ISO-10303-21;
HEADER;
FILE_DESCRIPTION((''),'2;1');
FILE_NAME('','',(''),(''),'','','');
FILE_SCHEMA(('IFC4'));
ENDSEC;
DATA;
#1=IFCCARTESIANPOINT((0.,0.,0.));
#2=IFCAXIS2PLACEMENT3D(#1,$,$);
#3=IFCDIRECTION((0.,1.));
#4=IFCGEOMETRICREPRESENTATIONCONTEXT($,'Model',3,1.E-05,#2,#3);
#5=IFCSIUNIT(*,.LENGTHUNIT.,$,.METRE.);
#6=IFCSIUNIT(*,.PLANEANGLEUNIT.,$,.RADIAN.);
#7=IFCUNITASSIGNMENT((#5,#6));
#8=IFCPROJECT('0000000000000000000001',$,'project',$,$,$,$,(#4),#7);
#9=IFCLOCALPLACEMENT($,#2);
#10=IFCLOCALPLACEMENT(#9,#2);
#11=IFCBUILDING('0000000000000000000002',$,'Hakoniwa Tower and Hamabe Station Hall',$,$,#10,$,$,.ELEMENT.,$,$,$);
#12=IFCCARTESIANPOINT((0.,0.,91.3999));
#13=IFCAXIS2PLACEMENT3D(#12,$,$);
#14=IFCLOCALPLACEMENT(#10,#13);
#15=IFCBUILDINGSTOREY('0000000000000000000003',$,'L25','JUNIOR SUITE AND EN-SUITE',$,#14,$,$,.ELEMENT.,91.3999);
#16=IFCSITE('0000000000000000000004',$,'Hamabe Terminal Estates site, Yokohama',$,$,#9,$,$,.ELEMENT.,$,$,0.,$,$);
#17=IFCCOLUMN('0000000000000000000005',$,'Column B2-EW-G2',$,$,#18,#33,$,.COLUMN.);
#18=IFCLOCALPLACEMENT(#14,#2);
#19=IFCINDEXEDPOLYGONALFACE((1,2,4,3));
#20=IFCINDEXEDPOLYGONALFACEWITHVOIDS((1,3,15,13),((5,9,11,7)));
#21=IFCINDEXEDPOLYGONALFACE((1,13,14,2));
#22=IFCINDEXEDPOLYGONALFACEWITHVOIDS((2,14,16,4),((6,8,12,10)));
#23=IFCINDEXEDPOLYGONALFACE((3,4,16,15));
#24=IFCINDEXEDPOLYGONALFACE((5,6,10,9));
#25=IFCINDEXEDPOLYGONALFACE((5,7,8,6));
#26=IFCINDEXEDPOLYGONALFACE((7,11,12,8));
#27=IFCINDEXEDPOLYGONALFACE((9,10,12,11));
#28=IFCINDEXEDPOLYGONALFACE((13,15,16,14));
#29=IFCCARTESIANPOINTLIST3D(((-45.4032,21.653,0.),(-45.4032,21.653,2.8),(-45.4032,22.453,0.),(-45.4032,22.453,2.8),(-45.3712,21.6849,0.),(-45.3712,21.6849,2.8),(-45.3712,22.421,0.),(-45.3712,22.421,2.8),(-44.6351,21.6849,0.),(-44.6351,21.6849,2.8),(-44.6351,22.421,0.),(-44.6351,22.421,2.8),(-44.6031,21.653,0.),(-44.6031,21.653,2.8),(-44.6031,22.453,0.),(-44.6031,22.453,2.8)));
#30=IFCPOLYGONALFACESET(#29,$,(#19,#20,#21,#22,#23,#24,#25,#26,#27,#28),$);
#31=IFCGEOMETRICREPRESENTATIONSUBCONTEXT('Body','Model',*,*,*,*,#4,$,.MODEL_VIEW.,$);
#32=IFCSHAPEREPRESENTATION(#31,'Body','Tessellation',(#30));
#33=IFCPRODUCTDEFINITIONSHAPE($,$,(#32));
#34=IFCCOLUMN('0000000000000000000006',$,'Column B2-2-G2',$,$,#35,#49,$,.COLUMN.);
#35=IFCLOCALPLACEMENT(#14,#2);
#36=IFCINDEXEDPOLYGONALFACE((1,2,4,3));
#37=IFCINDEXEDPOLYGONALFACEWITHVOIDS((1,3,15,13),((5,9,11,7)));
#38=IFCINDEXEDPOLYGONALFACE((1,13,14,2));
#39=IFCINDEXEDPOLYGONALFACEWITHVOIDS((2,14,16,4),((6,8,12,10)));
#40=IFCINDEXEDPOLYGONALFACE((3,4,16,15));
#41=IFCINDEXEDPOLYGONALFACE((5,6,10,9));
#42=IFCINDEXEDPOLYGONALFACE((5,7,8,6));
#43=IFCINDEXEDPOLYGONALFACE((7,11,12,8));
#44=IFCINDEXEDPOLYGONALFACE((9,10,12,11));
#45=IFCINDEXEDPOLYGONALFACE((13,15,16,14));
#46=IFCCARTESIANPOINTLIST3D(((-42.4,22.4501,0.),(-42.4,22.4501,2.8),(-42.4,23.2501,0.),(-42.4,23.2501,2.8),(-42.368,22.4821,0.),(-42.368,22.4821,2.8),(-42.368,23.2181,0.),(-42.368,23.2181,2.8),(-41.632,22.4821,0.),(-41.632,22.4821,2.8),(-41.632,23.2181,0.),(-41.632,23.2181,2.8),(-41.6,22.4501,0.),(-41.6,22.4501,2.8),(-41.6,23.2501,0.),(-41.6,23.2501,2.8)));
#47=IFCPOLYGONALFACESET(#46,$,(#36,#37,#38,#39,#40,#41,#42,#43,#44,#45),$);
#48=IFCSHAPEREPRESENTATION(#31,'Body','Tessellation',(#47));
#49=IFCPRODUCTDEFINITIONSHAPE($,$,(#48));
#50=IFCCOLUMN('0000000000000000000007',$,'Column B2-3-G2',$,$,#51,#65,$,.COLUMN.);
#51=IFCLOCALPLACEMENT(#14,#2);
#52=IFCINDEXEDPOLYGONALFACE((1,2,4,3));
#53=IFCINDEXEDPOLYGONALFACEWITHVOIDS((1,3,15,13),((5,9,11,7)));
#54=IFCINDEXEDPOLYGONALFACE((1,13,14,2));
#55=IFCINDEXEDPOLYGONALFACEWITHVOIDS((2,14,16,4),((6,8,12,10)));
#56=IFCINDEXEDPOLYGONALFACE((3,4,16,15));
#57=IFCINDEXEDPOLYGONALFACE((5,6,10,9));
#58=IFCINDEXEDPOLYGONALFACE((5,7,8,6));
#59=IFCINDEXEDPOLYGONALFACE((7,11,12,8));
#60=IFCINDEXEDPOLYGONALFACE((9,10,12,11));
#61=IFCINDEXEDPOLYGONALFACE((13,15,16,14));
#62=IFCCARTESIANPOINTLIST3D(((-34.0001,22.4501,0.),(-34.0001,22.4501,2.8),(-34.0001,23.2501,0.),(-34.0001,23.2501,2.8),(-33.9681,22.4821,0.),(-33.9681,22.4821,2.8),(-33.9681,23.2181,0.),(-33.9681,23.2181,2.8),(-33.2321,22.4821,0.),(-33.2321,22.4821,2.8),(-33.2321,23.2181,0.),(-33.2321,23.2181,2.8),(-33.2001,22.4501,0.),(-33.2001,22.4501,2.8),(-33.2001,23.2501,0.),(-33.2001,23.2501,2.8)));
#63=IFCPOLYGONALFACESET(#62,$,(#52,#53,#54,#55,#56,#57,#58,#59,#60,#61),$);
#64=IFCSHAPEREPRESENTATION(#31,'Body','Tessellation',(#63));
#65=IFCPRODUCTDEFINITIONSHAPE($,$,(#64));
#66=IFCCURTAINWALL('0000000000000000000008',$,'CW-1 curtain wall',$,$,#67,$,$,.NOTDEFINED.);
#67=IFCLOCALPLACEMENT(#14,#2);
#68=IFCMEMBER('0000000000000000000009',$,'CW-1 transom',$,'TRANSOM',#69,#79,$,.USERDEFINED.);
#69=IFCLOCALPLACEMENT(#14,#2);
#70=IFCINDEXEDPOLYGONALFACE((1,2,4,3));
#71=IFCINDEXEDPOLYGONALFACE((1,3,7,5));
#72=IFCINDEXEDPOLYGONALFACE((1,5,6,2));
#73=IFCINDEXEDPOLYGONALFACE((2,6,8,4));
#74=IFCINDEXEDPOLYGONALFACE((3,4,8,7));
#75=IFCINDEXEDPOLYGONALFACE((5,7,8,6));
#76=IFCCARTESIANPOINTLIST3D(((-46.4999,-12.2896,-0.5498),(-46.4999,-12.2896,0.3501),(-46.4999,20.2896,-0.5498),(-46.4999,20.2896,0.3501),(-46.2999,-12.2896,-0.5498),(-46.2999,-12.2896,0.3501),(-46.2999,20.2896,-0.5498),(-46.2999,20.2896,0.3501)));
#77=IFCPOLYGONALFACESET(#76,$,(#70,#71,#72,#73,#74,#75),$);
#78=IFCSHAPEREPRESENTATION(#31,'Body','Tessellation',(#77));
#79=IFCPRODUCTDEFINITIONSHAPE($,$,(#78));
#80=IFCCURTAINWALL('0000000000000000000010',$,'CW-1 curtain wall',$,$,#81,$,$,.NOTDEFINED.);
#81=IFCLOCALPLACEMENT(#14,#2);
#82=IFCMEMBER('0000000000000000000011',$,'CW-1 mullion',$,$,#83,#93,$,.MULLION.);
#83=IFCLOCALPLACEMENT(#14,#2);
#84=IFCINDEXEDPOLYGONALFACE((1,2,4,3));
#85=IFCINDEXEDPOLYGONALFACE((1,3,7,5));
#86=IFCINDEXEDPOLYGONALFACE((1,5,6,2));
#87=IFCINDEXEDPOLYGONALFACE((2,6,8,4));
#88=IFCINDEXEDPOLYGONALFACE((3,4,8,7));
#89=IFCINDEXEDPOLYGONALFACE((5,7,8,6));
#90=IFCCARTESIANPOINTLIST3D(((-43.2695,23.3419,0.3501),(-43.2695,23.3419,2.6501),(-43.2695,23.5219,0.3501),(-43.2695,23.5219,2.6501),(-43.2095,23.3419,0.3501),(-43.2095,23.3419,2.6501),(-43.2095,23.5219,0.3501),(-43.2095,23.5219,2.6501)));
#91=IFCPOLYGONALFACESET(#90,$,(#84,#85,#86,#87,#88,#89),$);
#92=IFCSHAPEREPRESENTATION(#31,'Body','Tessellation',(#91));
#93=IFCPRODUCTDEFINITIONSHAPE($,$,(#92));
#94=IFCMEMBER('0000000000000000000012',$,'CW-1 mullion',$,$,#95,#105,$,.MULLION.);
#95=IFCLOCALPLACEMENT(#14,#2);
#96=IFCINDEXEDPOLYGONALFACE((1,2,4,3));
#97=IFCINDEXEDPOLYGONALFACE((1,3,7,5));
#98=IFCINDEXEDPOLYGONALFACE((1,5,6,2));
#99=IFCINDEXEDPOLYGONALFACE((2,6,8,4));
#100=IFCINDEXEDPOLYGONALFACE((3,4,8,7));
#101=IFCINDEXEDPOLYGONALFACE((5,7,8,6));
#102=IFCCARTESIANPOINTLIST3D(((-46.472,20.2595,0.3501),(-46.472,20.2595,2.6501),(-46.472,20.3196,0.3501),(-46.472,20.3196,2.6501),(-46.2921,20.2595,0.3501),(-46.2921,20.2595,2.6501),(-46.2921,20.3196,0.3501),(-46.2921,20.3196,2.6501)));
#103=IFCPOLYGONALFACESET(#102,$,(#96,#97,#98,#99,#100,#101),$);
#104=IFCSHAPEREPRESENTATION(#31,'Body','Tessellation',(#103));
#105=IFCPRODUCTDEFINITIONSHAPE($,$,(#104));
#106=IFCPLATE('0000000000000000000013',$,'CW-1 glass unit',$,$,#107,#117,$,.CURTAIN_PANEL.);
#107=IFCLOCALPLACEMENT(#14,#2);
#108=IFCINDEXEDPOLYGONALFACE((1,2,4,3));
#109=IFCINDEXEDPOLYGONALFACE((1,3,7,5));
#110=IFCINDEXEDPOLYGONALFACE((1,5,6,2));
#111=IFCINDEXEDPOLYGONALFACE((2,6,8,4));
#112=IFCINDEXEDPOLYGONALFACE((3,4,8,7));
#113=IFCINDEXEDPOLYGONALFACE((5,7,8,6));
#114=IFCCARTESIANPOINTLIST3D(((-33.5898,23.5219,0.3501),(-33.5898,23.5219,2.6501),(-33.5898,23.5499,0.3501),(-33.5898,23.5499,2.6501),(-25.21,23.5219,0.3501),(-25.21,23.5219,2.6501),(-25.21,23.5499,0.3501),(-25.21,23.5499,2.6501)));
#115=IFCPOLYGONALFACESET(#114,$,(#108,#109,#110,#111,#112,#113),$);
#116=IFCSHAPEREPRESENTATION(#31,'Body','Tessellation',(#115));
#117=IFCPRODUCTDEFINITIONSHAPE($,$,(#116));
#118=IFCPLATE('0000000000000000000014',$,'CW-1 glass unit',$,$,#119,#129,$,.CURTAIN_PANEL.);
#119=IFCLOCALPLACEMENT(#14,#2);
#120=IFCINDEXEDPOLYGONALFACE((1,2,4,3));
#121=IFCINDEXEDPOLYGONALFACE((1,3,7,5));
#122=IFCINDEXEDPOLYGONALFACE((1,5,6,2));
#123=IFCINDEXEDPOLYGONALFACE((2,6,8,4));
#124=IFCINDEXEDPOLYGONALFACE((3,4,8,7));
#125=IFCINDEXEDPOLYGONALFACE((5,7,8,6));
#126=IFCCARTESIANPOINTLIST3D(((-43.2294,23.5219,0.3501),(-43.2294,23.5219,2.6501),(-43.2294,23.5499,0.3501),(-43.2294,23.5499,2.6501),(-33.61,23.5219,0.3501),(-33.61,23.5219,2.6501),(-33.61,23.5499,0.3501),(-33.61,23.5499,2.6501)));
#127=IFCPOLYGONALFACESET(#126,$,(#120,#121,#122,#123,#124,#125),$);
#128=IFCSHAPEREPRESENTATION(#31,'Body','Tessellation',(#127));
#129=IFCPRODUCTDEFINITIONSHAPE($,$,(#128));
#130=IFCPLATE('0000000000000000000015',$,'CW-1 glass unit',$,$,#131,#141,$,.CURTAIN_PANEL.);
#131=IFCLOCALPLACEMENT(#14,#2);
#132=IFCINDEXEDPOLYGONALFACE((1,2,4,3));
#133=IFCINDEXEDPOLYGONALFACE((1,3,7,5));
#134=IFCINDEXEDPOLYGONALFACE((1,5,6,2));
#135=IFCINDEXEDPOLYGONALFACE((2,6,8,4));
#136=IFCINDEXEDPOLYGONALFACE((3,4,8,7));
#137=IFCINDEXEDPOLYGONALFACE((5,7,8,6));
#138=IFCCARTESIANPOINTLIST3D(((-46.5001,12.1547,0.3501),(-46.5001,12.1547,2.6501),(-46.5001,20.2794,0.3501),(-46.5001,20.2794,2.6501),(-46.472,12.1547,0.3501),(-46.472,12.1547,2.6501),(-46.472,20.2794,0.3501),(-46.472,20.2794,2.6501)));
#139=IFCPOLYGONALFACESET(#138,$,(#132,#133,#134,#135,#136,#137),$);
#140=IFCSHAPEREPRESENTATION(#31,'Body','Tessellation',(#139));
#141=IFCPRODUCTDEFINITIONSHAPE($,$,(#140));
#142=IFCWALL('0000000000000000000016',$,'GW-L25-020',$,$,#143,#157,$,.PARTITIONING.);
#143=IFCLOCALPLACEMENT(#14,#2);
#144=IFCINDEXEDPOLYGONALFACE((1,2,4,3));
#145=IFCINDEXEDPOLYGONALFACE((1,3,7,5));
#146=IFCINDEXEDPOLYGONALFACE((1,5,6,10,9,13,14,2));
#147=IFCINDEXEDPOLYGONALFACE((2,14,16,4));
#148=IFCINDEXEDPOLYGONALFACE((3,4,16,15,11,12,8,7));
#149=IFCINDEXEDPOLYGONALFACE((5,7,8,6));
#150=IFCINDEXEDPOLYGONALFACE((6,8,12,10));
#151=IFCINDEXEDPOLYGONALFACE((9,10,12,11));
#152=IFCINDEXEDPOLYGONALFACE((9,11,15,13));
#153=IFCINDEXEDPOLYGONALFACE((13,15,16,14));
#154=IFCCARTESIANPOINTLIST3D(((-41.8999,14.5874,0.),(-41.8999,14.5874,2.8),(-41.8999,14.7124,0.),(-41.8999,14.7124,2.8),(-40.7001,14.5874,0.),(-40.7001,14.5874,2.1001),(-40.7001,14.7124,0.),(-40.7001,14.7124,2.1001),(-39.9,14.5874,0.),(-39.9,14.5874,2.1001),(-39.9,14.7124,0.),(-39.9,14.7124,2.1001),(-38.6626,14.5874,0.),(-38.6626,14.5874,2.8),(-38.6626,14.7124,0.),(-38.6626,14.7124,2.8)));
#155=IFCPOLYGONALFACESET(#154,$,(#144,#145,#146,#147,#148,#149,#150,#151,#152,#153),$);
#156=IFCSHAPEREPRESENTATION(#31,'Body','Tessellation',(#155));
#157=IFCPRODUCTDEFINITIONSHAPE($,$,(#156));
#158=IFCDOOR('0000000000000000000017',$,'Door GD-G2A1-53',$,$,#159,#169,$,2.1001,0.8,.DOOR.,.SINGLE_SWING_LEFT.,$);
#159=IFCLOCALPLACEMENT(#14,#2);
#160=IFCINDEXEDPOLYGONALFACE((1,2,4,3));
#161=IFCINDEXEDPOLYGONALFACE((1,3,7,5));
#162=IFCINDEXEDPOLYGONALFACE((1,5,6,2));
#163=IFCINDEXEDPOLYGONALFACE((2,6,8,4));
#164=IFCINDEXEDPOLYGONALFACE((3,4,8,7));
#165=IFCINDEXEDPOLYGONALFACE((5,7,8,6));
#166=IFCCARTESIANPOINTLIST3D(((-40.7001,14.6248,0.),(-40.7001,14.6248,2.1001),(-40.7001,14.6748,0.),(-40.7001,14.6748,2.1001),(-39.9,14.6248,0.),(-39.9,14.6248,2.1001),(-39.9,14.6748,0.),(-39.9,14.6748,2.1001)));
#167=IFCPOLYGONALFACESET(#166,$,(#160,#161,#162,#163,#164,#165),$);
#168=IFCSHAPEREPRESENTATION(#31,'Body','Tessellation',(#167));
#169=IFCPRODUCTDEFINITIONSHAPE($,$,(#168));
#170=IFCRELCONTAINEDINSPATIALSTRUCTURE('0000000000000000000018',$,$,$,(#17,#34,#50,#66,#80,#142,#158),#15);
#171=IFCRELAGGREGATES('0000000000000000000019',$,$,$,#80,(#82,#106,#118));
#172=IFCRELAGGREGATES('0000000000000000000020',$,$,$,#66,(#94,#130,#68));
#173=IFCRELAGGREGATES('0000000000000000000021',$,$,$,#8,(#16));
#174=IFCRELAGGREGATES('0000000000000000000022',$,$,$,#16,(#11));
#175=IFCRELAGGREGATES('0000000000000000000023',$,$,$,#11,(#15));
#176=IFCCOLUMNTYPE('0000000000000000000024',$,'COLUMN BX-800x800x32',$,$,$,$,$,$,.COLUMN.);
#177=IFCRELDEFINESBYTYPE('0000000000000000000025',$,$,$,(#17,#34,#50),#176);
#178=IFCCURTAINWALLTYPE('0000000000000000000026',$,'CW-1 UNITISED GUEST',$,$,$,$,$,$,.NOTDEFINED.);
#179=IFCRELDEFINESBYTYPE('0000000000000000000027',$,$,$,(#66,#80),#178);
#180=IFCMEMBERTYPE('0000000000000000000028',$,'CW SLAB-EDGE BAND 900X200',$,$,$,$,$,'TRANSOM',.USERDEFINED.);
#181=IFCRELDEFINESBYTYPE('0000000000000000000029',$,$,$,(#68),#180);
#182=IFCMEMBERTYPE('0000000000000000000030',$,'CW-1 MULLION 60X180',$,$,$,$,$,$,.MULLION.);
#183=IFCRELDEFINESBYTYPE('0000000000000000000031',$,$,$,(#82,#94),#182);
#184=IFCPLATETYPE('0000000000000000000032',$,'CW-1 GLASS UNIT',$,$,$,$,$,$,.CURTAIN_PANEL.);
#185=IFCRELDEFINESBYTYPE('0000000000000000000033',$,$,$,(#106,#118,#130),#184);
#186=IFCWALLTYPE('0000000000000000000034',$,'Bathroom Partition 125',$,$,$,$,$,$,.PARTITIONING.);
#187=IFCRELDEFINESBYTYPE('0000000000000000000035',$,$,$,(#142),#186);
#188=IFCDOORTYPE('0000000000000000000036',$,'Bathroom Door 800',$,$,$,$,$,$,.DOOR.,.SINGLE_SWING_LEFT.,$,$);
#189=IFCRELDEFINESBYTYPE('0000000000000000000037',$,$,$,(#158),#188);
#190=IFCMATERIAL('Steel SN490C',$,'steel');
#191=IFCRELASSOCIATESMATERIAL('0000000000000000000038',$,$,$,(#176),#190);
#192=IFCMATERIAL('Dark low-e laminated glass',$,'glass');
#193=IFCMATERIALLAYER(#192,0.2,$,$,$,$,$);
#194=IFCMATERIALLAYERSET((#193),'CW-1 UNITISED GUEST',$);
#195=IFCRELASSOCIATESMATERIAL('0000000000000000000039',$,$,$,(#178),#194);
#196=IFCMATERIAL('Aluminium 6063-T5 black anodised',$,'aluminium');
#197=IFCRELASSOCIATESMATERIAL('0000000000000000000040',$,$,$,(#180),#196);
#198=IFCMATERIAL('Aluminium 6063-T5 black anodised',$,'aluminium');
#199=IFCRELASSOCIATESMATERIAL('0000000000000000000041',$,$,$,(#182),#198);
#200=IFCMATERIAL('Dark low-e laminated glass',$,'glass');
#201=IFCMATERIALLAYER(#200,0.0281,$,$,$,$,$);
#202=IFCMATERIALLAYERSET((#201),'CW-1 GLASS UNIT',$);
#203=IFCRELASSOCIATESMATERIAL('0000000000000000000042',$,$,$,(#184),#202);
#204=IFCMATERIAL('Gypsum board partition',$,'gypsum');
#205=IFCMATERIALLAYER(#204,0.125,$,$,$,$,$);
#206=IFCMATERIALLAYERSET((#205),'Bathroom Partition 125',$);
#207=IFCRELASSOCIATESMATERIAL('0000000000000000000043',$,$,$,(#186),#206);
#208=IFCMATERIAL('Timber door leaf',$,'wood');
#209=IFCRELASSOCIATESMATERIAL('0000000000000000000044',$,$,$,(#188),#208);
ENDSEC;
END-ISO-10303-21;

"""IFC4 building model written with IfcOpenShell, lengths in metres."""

from ifc_helpers import new_model, si_unit, direction, frame, frame_2d, origin, origin_2d, place, context, subcontext, project, spatial, rectangle, hollow_rectangle, extrude, material, layer, layer_set, material_profile, profile_set, type_object, element, fill, aggregate, save


model = new_model("IFC4")

# Units and contexts
model_context = context("Model", 3, precision=1e-05, world=origin(), true_north=direction((0.0, 1.0)))
body_context = subcontext(model_context, "Body", "Model", "MODEL_VIEW")
ifc_project = project(units=[si_unit("LENGTHUNIT", "METRE"), si_unit("PLANEANGLEUNIT", "RADIAN")], contexts=[model_context])

# Site, building, storey
site_placement = place(None, origin())
site = spatial("IfcSite", under=ifc_project, at=site_placement, Name="Hamabe Terminal Estates site, Yokohama", CompositionType="ELEMENT", RefElevation=0.0)
building_placement = place(site_placement, origin())
building = spatial("IfcBuilding", under=site, at=building_placement, Name="Hakoniwa Tower and Hamabe Station Hall", CompositionType="ELEMENT")
storey_placement = place(building_placement, frame((0.0, 0.0, 91.3999)))
storey = spatial("IfcBuildingStorey", under=building, at=storey_placement, Name="L25", Description="JUNIOR SUITE AND EN-SUITE", CompositionType="ELEMENT", Elevation=91.3999)

# Columns
ifc_material_1 = material(Name="Steel SN490C", Category="steel")
ifc_material_profile_1 = material_profile(ifc_material_1, hollow_rectangle(XDim=0.8, YDim=0.8, WallThickness=0.032, at=origin_2d()), Name="BX-800x800x32")
ifc_profile_set_1 = profile_set([ifc_material_profile_1], Name="Steel SN490C")
column_type = type_object("IfcColumnType", Name="COLUMN BX-800x800x32", PredefinedType="COLUMN", material=ifc_profile_set_1)
for number, where, z_axis, x_axis, name in (
    (1, (-45.0032, 22.053, 0.0), (0.0, 0.0, 1.0), (1.0, 0.0, 0.0), "Column B2-EW-G2"),
    (2, (-42.0, 22.8501, 0.0), (0.0, 0.0, 1.0), (1.0, 0.0, 0.0), "Column B2-2-G2"),
    (3, (-33.6001, 22.8501, 0.0), (0.0, 0.0, 1.0), (1.0, 0.0, 0.0), "Column B2-3-G2"),
):
    element("IfcColumn", number, at=place(storey_placement, frame(where, z_axis=z_axis, x_axis=x_axis)), inside=storey, type_object=column_type, Name=name, PredefinedType="COLUMN", context=body_context, shape_type="SweptSolid", body=[
        extrude(hollow_rectangle(XDim=0.8, YDim=0.8, WallThickness=0.032, at=origin_2d()), origin(), (0.0, 0.0, 1.0), 2.8),
    ])

# Curtain walls, members
ifc_material_2 = material(Name="Dark low-e laminated glass", Category="glass")
ifc_layer_1 = layer(ifc_material_2, 0.2)
ifc_layer_set_1 = layer_set([ifc_layer_1], Name="CW-1 UNITISED GUEST")
curtain_wall_type = type_object("IfcCurtainWallType", Name="CW-1 UNITISED GUEST", PredefinedType="NOTDEFINED", material=ifc_layer_set_1)
curtain_wall_1_placement = place(storey_placement, origin())
curtain_wall_1 = element("IfcCurtainWall", 4, at=curtain_wall_1_placement, inside=storey, type_object=curtain_wall_type, Name="CW-1 curtain wall", PredefinedType="NOTDEFINED")
ifc_material_3 = material(Name="Aluminium 6063-T5 black anodised", Category="aluminium")
ifc_material_profile_2 = material_profile(ifc_material_3, rectangle(XDim=0.2, YDim=0.8999, at=origin_2d()), Name="CW SLAB-EDGE BAND 900X200")
ifc_profile_set_2 = profile_set([ifc_material_profile_2], Name="Aluminium 6063-T5 black anodised")
member_type_1 = type_object("IfcMemberType", Name="CW SLAB-EDGE BAND 900X200", ElementType="TRANSOM", PredefinedType="USERDEFINED", material=ifc_profile_set_2)
member_1_placement = place(storey_placement, frame((-46.3999, 20.2896, -0.0999), z_axis=(0.0, -1.0, 0.0), x_axis=(1.0, 0.0, 0.0)))
member_1 = element("IfcMember", 5, at=member_1_placement, type_object=member_type_1, Name="CW-1 transom", ObjectType="TRANSOM", PredefinedType="USERDEFINED", context=body_context, shape_type="SweptSolid", body=[
    extrude(rectangle(XDim=0.2, YDim=0.8999, at=origin_2d()), origin(), (0.0, 0.0, 1.0), 32.5791),
])
curtain_wall_2_placement = place(storey_placement, origin())
curtain_wall_2 = element("IfcCurtainWall", 6, at=curtain_wall_2_placement, inside=storey, type_object=curtain_wall_type, Name="CW-1 curtain wall", PredefinedType="NOTDEFINED")
ifc_material_4 = material(Name="Aluminium 6063-T5 black anodised", Category="aluminium")
ifc_material_profile_3 = material_profile(ifc_material_4, rectangle(XDim=0.0601, YDim=0.1799, at=origin_2d()), Name="CW-1 MULLION 60X180")
ifc_profile_set_3 = profile_set([ifc_material_profile_3], Name="Aluminium 6063-T5 black anodised")
member_type_2 = type_object("IfcMemberType", Name="CW-1 MULLION 60X180", PredefinedType="MULLION", material=ifc_profile_set_3)
member_2_placement = place(storey_placement, frame((-43.2395, 23.4319, 0.3501), z_axis=(0.0, 0.0, 1.0), x_axis=(-1.0, 0.0, 0.0)))
member_2 = element("IfcMember", 7, at=member_2_placement, type_object=member_type_2, Name="CW-1 mullion", PredefinedType="MULLION", context=body_context, shape_type="SweptSolid", body=[
    extrude(rectangle(XDim=0.0601, YDim=0.1799, at=origin_2d()), origin(), (0.0, 0.0, 1.0), 2.3),
])

# Member
member_3_placement = place(storey_placement, frame((-46.3821, 20.2896, 0.3501), z_axis=(0.0, 0.0, 1.0), x_axis=(0.0, -1.0, 0.0)))
member_3 = element("IfcMember", 8, at=member_3_placement, type_object=member_type_2, Name="CW-1 mullion", PredefinedType="MULLION", context=body_context, shape_type="SweptSolid", body=[
    extrude(rectangle(XDim=0.0601, YDim=0.1799, at=origin_2d()), origin(), (0.0, 0.0, 1.0), 2.3),
])

# Plates
ifc_material_5 = material(Name="Dark low-e laminated glass", Category="glass")
ifc_layer_2 = layer(ifc_material_5, 0.0281)
ifc_layer_set_2 = layer_set([ifc_layer_2], Name="CW-1 GLASS UNIT")
plate_type = type_object("IfcPlateType", Name="CW-1 GLASS UNIT", PredefinedType="CURTAIN_PANEL", material=ifc_layer_set_2)
plate_1_placement = place(storey_placement, frame((-29.3999, 23.5359, 0.3501), z_axis=(0.0, 0.0, 1.0), x_axis=(-1.0, 0.0, 0.0)))
plate_1 = element("IfcPlate", 9, at=plate_1_placement, type_object=plate_type, Name="CW-1 glass unit", PredefinedType="CURTAIN_PANEL", context=body_context, shape_type="SweptSolid", body=[
    extrude(rectangle(XDim=8.3799, YDim=0.0281, at=origin_2d()), origin(), (0.0, 0.0, 1.0), 2.3),
])
plate_2_placement = place(storey_placement, frame((-38.4197, 23.5359, 0.3501), z_axis=(0.0, 0.0, 1.0), x_axis=(-1.0, 0.0, 0.0)))
plate_2 = element("IfcPlate", 10, at=plate_2_placement, type_object=plate_type, Name="CW-1 glass unit", PredefinedType="CURTAIN_PANEL", context=body_context, shape_type="SweptSolid", body=[
    extrude(rectangle(XDim=9.6194, YDim=0.0281, at=origin_2d()), origin(), (0.0, 0.0, 1.0), 2.3),
])
aggregate(curtain_wall_2, [member_2, plate_1, plate_2])
plate_3_placement = place(storey_placement, frame((-46.4861, 16.217, 0.3501), z_axis=(0.0, 0.0, 1.0), x_axis=(0.0, -1.0, 0.0)))
plate_3 = element("IfcPlate", 11, at=plate_3_placement, type_object=plate_type, Name="CW-1 glass unit", PredefinedType="CURTAIN_PANEL", context=body_context, shape_type="SweptSolid", body=[
    extrude(rectangle(XDim=8.1248, YDim=0.0281, at=origin_2d()), origin(), (0.0, 0.0, 1.0), 2.3),
])
aggregate(curtain_wall_1, [member_3, plate_3, member_1])

# Wall, opening, door
ifc_material_6 = material(Name="Gypsum board partition", Category="gypsum")
ifc_layer_3 = layer(ifc_material_6, 0.125)
ifc_layer_set_3 = layer_set([ifc_layer_3], Name="Bathroom Partition 125")
wall_type_1 = type_object("IfcWallType", Name="Bathroom Partition 125", PredefinedType="PARTITIONING", material=ifc_layer_set_3)
wall_1_placement = place(storey_placement, frame((-41.8999, 14.6499, 0.0), z_axis=(0.0, 0.0, 1.0), x_axis=(1.0, 0.0, 0.0)))
wall_1 = element("IfcWall", 12, at=wall_1_placement, inside=storey, type_object=wall_type_1, Name="GW-L25-020", PredefinedType="PARTITIONING", context=body_context, shape_type="SweptSolid", body=[
    extrude(rectangle(XDim=3.2373, YDim=0.125, at=frame_2d((1.6187, 0.0))), origin(), (0.0, 0.0, 1.0), 2.8),
])
opening_1_placement = place(wall_1_placement, frame((1.2, 0.0, 0.0)))
opening_1 = element("IfcOpeningElement", 13, at=opening_1_placement, cuts=wall_1, PredefinedType="OPENING", context=body_context, shape_type="SweptSolid", body=[
    extrude(rectangle(XDim=0.8, YDim=2.1001, at=frame_2d((0.3999, 1.05))), frame((0.0, 0.0725, 0.0), z_axis=(0.0, -1.0, 0.0), x_axis=(1.0, 0.0, 0.0)), (0.0, 0.0, 1.0), 0.145),
])
ifc_material_7 = material(Name="Timber door leaf", Category="wood")
door_type_1 = type_object("IfcDoorType", Name="Bathroom Door 800", OperationType="SINGLE_SWING_LEFT", PredefinedType="DOOR", material=ifc_material_7)
door_1_placement = place(opening_1_placement, origin())
door_1 = element("IfcDoor", 14, at=door_1_placement, inside=storey, type_object=door_type_1, Name="Door GD-G2A1-53", OperationType="SINGLE_SWING_LEFT", OverallHeight=2.1001, OverallWidth=0.8, PredefinedType="DOOR", context=body_context, shape_type="SweptSolid", body=[
    extrude(rectangle(XDim=0.8, YDim=2.1001, at=frame_2d((0.3999, 1.05))), frame((0.0, 0.0249, 0.0), z_axis=(0.0, -1.0, 0.0), x_axis=(1.0, 0.0, 0.0)), (0.0, 0.0, 1.0), 0.05),
])
fill(opening_1, door_1)

save(model, "model.ifc")
